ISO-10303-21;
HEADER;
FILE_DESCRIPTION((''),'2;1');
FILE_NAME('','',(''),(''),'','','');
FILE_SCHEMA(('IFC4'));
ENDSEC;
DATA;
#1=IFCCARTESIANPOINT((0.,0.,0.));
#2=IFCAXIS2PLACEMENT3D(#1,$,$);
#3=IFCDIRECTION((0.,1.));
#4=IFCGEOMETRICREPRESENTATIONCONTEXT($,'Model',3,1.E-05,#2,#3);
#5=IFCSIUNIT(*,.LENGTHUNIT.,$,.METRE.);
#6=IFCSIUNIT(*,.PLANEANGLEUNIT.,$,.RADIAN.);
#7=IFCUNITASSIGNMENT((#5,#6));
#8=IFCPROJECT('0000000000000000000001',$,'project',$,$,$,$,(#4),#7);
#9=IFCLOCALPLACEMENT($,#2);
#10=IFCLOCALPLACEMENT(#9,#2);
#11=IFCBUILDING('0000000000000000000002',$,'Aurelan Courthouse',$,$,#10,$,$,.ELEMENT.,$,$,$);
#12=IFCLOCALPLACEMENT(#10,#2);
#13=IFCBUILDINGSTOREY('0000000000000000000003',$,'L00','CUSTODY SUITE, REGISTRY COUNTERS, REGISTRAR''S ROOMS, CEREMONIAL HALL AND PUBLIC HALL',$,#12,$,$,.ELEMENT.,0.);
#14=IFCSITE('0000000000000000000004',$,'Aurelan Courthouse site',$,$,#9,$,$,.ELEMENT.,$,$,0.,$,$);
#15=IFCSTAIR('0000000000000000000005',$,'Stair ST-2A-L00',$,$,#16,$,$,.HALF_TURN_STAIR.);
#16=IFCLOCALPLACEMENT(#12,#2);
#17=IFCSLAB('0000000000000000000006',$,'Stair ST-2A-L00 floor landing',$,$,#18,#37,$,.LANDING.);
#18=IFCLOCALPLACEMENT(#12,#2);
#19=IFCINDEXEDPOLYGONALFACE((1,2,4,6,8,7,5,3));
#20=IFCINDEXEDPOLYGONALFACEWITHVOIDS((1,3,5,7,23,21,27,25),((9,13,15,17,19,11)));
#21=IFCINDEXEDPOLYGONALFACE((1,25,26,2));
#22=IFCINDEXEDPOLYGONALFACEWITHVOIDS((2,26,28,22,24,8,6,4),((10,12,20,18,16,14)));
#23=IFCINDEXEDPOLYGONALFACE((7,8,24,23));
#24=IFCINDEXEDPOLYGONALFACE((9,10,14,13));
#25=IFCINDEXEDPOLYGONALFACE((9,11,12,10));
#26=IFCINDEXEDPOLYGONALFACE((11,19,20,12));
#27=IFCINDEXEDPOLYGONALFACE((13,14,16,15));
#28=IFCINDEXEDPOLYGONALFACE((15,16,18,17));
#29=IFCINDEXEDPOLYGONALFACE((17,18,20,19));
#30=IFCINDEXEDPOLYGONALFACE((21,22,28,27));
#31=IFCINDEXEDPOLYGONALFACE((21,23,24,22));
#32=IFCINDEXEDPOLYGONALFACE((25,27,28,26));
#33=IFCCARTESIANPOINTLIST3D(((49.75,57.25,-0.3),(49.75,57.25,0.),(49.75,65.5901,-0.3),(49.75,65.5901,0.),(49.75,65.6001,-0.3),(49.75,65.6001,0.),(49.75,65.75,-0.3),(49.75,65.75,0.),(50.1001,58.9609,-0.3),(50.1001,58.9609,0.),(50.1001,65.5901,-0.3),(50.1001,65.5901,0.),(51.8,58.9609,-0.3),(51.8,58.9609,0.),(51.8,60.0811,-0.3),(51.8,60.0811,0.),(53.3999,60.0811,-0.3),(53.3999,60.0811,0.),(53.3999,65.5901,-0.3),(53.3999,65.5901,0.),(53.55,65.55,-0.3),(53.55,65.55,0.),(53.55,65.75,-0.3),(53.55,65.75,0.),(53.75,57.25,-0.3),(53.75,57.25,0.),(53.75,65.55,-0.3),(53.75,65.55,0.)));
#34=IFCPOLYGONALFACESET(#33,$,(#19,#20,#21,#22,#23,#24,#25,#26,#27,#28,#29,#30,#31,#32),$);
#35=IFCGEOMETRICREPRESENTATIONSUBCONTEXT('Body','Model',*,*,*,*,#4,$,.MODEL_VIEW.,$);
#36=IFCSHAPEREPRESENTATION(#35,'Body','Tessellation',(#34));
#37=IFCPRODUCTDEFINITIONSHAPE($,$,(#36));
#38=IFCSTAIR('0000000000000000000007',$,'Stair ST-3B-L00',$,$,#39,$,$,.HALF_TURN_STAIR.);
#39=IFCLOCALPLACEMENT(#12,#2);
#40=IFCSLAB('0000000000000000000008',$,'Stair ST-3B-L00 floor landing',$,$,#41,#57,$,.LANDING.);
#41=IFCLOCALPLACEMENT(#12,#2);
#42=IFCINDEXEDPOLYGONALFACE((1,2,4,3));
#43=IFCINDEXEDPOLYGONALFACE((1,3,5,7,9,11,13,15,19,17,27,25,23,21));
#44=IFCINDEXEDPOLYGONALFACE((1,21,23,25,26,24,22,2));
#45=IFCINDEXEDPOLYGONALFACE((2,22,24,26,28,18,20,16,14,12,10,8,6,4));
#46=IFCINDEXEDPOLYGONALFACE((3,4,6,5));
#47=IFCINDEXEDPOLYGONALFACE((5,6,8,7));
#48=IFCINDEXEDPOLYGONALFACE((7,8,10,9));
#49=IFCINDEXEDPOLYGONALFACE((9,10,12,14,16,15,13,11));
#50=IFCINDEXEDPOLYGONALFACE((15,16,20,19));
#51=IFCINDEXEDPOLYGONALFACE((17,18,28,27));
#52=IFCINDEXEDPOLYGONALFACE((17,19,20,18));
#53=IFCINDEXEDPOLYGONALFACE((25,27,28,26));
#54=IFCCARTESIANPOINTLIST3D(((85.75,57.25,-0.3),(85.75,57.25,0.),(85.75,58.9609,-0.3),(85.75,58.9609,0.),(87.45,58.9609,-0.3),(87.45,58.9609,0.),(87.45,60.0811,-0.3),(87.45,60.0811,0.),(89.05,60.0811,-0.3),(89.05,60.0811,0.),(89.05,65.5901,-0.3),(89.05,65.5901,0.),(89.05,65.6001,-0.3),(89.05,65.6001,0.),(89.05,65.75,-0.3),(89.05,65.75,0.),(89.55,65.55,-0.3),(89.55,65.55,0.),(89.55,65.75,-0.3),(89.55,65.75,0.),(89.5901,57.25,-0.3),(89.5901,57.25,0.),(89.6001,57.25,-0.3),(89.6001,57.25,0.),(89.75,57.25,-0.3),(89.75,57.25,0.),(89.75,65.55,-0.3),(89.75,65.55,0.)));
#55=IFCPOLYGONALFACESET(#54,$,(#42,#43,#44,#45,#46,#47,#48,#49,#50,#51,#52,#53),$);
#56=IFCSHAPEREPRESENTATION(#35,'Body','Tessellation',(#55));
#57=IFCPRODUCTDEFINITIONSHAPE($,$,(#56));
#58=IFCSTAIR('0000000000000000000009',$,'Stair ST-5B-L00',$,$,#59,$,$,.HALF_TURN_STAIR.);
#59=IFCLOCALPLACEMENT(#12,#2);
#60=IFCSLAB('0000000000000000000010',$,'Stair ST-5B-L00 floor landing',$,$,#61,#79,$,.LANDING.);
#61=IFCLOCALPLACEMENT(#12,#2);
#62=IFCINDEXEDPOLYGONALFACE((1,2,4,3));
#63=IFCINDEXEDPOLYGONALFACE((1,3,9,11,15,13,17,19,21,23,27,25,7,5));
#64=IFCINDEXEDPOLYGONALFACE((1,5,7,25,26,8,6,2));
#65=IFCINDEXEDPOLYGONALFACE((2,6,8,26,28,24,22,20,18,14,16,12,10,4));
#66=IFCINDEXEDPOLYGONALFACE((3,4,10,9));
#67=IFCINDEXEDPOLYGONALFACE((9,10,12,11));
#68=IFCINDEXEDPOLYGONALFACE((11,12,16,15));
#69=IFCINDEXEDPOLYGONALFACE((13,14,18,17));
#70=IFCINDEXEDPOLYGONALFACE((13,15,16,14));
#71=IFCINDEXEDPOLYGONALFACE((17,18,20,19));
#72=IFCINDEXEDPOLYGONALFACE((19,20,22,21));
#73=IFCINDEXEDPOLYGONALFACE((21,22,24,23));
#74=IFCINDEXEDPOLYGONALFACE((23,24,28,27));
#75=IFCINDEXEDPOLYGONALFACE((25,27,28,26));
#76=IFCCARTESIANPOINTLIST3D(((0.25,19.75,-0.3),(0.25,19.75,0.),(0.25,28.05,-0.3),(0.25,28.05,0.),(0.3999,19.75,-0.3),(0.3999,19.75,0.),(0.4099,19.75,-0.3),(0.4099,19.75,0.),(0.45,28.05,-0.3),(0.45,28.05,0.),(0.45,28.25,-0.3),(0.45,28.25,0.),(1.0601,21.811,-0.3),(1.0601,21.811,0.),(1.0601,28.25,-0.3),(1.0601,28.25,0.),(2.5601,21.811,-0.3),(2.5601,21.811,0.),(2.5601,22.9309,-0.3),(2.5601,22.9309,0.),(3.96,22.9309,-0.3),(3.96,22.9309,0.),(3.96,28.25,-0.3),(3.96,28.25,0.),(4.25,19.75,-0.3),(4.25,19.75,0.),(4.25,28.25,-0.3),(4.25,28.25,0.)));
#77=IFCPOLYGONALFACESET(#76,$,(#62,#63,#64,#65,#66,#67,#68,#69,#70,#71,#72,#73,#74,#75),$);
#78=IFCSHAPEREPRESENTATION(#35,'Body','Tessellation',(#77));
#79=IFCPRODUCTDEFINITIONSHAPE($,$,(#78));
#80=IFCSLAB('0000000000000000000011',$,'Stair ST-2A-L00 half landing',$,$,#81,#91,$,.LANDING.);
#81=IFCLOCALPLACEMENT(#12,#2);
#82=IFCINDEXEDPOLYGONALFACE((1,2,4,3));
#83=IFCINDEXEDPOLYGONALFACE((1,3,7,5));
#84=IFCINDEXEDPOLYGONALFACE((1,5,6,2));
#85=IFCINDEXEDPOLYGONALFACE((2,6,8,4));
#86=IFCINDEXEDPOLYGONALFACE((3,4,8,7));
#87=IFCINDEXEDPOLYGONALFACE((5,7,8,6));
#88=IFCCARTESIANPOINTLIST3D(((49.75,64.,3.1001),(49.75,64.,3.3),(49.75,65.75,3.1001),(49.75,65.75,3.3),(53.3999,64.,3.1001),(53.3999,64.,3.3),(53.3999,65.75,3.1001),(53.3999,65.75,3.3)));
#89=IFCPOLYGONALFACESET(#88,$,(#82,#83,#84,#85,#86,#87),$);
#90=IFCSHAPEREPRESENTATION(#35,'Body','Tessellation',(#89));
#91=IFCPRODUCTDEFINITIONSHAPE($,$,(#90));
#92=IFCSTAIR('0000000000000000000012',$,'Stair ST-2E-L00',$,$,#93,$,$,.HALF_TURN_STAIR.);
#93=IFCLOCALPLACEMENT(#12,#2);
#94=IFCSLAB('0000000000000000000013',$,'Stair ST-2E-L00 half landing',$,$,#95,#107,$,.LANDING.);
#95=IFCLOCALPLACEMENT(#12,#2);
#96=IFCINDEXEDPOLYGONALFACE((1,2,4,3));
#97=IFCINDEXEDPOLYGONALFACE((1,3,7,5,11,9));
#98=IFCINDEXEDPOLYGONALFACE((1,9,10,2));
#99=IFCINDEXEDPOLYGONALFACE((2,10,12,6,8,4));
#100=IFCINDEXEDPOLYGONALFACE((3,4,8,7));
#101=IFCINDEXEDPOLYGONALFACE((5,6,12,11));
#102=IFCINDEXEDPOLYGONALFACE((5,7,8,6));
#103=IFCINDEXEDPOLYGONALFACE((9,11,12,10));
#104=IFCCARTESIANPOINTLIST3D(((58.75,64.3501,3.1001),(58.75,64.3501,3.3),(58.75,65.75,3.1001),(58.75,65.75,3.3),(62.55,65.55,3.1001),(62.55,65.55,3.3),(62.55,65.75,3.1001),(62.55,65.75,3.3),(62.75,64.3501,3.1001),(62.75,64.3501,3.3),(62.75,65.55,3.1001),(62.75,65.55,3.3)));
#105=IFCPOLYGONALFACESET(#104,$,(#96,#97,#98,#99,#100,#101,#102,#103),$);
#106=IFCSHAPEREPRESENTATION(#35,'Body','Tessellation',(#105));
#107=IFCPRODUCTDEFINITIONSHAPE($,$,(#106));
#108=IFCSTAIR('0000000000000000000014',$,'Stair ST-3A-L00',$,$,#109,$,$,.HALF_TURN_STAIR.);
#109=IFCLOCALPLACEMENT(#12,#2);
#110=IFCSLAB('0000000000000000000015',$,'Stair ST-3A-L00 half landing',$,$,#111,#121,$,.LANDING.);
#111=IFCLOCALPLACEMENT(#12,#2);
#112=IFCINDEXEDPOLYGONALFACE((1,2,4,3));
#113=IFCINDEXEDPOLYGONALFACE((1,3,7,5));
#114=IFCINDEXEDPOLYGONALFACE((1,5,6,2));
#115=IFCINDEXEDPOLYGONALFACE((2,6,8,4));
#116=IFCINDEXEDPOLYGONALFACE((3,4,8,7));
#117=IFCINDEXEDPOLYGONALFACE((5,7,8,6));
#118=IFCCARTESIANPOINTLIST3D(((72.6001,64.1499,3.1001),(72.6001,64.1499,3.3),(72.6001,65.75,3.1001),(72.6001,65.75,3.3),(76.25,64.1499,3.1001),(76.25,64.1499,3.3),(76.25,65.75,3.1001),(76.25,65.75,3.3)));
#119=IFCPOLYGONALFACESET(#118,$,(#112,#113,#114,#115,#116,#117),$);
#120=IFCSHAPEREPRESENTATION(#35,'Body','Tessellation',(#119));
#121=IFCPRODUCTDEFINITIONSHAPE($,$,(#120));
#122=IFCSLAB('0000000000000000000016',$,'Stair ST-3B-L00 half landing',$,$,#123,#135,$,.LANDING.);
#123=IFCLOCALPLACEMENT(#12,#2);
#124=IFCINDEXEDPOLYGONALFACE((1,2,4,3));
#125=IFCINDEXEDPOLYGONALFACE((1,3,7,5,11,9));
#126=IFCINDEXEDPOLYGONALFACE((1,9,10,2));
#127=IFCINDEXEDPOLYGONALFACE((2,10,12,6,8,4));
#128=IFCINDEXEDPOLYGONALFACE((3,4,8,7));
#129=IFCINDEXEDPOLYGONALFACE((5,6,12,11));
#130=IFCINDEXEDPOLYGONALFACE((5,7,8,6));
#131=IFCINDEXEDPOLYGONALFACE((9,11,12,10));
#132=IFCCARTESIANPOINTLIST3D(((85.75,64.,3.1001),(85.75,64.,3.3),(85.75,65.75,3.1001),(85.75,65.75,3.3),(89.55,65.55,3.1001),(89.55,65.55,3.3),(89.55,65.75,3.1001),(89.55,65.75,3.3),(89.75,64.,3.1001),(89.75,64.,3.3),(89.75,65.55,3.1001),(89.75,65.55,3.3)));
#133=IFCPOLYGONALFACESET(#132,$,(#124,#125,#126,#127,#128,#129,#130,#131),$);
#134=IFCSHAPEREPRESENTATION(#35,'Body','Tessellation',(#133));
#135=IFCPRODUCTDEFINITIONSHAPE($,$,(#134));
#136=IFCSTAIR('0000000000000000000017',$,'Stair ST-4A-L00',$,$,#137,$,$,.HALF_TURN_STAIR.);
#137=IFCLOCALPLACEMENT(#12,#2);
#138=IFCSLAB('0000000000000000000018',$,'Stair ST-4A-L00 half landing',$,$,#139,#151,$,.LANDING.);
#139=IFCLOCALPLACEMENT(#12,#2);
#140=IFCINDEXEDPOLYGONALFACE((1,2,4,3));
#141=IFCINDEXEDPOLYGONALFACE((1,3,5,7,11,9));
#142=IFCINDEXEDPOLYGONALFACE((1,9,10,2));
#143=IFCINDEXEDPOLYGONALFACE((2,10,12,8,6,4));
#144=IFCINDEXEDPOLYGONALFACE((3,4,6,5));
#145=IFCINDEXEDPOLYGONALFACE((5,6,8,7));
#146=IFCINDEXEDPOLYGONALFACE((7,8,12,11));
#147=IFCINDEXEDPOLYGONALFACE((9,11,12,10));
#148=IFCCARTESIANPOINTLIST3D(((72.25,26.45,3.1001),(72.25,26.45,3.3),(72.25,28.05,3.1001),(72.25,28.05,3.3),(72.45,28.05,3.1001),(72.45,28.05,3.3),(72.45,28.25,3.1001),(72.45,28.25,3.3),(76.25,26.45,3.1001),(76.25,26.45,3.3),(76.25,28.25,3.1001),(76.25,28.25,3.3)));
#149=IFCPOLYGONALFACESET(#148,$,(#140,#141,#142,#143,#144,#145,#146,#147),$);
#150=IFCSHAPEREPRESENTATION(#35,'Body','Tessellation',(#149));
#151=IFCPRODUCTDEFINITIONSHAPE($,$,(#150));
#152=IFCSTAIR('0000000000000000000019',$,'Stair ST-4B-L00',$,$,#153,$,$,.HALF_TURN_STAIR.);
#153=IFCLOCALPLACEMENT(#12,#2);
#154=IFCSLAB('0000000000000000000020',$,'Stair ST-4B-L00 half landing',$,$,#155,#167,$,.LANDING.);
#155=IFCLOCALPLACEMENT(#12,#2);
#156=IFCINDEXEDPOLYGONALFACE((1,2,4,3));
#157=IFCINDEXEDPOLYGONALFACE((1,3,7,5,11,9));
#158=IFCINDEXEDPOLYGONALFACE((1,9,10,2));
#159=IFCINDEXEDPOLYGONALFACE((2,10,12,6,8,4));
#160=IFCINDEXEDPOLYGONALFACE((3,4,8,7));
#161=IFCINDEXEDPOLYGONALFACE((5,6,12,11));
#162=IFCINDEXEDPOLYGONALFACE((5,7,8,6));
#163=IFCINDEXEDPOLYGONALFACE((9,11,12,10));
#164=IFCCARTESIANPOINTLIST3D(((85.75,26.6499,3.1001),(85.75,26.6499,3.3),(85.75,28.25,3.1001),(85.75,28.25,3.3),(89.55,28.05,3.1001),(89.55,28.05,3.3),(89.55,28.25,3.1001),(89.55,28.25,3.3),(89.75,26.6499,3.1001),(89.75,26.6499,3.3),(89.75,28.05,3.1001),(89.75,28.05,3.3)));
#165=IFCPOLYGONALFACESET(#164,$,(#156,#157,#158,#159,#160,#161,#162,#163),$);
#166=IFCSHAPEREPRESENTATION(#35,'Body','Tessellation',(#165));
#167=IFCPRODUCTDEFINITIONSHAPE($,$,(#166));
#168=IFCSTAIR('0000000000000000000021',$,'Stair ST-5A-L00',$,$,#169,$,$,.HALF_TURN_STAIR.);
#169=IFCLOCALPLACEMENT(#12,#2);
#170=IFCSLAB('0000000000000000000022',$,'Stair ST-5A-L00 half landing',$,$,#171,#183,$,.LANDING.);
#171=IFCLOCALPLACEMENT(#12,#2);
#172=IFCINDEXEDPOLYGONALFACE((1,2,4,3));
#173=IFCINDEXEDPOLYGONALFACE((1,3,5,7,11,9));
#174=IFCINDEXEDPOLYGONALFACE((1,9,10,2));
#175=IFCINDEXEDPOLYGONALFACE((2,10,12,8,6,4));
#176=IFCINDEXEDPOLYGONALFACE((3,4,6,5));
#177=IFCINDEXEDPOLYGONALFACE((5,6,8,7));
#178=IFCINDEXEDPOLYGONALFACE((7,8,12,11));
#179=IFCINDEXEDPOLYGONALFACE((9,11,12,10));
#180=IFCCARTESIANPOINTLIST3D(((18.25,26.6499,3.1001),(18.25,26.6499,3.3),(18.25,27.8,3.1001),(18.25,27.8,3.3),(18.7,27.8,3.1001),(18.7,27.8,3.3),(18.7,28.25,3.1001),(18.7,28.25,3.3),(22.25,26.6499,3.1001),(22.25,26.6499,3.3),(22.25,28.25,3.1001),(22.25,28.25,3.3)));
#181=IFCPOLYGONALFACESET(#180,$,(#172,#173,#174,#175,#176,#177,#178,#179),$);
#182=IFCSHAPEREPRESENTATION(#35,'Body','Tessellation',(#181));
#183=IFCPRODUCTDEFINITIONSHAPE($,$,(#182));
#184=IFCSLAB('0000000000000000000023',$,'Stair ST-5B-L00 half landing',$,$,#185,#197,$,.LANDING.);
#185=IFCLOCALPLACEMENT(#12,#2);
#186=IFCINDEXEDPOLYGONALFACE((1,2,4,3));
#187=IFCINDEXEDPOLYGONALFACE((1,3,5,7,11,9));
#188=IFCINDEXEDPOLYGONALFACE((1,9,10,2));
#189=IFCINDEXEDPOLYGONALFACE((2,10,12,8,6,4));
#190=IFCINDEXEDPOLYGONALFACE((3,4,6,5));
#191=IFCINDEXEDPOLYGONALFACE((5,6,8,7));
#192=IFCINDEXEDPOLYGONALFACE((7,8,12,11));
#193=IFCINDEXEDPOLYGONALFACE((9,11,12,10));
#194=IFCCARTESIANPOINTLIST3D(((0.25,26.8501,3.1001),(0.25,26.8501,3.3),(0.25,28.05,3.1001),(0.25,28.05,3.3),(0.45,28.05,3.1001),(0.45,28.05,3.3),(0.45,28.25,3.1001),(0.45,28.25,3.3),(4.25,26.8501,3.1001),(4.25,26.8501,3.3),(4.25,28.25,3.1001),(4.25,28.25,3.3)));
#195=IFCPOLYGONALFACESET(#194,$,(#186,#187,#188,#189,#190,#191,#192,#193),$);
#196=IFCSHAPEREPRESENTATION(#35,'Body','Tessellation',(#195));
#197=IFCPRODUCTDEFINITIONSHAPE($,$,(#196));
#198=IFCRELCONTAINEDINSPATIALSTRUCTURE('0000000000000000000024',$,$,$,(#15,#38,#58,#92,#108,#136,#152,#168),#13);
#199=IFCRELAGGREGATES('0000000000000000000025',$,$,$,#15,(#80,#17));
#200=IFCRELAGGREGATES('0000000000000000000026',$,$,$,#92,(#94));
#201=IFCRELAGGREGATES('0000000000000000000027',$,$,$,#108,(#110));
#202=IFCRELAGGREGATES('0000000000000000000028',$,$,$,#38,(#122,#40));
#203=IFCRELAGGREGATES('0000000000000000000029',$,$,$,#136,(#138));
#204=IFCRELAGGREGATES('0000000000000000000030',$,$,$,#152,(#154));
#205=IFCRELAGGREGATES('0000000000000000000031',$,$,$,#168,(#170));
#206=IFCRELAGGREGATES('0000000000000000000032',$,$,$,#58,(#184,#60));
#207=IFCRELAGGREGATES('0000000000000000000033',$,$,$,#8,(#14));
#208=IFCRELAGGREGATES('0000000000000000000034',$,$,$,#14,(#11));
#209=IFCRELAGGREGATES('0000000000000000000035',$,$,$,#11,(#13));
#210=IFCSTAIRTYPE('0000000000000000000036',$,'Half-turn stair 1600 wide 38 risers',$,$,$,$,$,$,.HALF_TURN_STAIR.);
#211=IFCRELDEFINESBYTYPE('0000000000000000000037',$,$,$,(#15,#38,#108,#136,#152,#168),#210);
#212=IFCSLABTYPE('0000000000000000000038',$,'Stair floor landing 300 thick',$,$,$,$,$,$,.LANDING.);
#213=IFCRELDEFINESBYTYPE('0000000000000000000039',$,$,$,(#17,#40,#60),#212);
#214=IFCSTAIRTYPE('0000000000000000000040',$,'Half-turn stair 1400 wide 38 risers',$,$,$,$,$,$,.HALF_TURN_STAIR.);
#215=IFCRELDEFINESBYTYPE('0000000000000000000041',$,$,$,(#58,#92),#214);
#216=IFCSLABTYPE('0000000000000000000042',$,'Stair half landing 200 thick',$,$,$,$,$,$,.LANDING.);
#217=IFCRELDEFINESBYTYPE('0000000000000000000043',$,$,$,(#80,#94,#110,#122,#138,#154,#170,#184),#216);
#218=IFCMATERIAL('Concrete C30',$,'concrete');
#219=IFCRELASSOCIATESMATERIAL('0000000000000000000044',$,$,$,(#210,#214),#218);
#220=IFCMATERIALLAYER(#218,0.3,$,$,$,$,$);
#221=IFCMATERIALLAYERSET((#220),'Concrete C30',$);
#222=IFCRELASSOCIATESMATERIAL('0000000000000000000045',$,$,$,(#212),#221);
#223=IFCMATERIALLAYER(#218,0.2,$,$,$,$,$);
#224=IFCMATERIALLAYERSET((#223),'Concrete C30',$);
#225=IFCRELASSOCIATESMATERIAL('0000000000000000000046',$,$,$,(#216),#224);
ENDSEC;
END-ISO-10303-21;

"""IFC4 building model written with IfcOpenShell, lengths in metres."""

from ifc_helpers import new_model, si_unit, direction, frame, origin, place, context, subcontext, project, spatial, polyline, outline, extrude, material, layer, layer_set, type_object, element, aggregate, save


model = new_model("IFC4")

# Units and contexts
model_context = context("Model", 3, precision=1e-05, world=origin(), true_north=direction((0.0, 1.0)))
body_context = subcontext(model_context, "Body", "Model", "MODEL_VIEW")
ifc_project = project(units=[si_unit("LENGTHUNIT", "METRE"), si_unit("PLANEANGLEUNIT", "RADIAN")], contexts=[model_context])

# Site, building, storey
site_placement = place(None, origin())
site = spatial("IfcSite", under=ifc_project, at=site_placement, Name="Aurelan Courthouse site", CompositionType="ELEMENT", RefElevation=0.0)
building_placement = place(site_placement, origin())
building = spatial("IfcBuilding", under=site, at=building_placement, Name="Aurelan Courthouse", CompositionType="ELEMENT")
storey_placement = place(building_placement, origin())
storey = spatial("IfcBuildingStorey", under=building, at=storey_placement, Name="L00", Description="CUSTODY SUITE, REGISTRY COUNTERS, REGISTRAR'S ROOMS, CEREMONIAL HALL AND PUBLIC HALL", CompositionType="ELEMENT", Elevation=0.0)

# Stairs, slabs
ifc_material_1 = material(Name="Concrete C30", Category="concrete")
stair_type_1 = type_object("IfcStairType", Name="Half-turn stair 1600 wide 38 risers", PredefinedType="HALF_TURN_STAIR", material=ifc_material_1)
stair_1_placement = place(storey_placement, origin())
stair_1 = element("IfcStair", 1, at=stair_1_placement, inside=storey, type_object=stair_type_1, Name="Stair ST-2A-L00", PredefinedType="HALF_TURN_STAIR")
ifc_layer_1 = layer(ifc_material_1, 0.3)
ifc_layer_set_1 = layer_set([ifc_layer_1], Name="Concrete C30")
slab_type_1 = type_object("IfcSlabType", Name="Stair floor landing 300 thick", PredefinedType="LANDING", material=ifc_layer_set_1)
slab_1_placement = place(storey_placement, frame((0.0, 0.0, -0.3)))
slab_1 = element("IfcSlab", 2, at=slab_1_placement, type_object=slab_type_1, Name="Stair ST-2A-L00 floor landing", PredefinedType="LANDING", context=body_context, shape_type="SweptSolid", body=[
    extrude(outline(polyline([(53.75, 57.25), (49.75, 57.25), (49.75, 65.5901), (49.75, 65.6001), (49.75, 65.75), (53.55, 65.75), (53.55, 65.55), (53.75, 65.55), (53.75, 57.25)]), holes=[polyline([(51.8, 58.9609), (51.8, 60.0811), (53.3999, 60.0811), (53.3999, 65.5901), (50.1001, 65.5901), (50.1001, 58.9609), (51.8, 58.9609)])]), origin(), (0.0, 0.0, 1.0), 0.3),
])
stair_2_placement = place(storey_placement, origin())
stair_2 = element("IfcStair", 3, at=stair_2_placement, inside=storey, type_object=stair_type_1, Name="Stair ST-3B-L00", PredefinedType="HALF_TURN_STAIR")
slab_2_placement = place(storey_placement, frame((0.0, 0.0, -0.3)))
slab_2 = element("IfcSlab", 4, at=slab_2_placement, type_object=slab_type_1, Name="Stair ST-3B-L00 floor landing", PredefinedType="LANDING", context=body_context, shape_type="SweptSolid", body=[
    extrude(outline(polyline([(89.05, 60.0811), (89.05, 65.5901), (89.05, 65.6001), (89.05, 65.75), (89.55, 65.75), (89.55, 65.55), (89.75, 65.55), (89.75, 57.25), (89.6001, 57.25), (89.5901, 57.25), (85.75, 57.25), (85.75, 58.9609), (87.45, 58.9609), (87.45, 60.0811), (89.05, 60.0811)])), origin(), (0.0, 0.0, 1.0), 0.3),
])
stair_type_2 = type_object("IfcStairType", Name="Half-turn stair 1400 wide 38 risers", PredefinedType="HALF_TURN_STAIR", material=ifc_material_1)
stair_3_placement = place(storey_placement, origin())
stair_3 = element("IfcStair", 5, at=stair_3_placement, inside=storey, type_object=stair_type_2, Name="Stair ST-5B-L00", PredefinedType="HALF_TURN_STAIR")
slab_3_placement = place(storey_placement, frame((0.0, 0.0, -0.3)))
slab_3 = element("IfcSlab", 6, at=slab_3_placement, type_object=slab_type_1, Name="Stair ST-5B-L00 floor landing", PredefinedType="LANDING", context=body_context, shape_type="SweptSolid", body=[
    extrude(outline(polyline([(1.0601, 28.25), (1.0601, 21.811), (2.5601, 21.811), (2.5601, 22.9309), (3.96, 22.9309), (3.96, 28.25), (4.25, 28.25), (4.25, 19.75), (0.4099, 19.75), (0.3999, 19.75), (0.25, 19.75), (0.25, 28.05), (0.45, 28.05), (0.45, 28.25), (1.0601, 28.25)])), origin(), (0.0, 0.0, 1.0), 0.3),
])

# Slab
ifc_layer_2 = layer(ifc_material_1, 0.2)
ifc_layer_set_2 = layer_set([ifc_layer_2], Name="Concrete C30")
slab_type_2 = type_object("IfcSlabType", Name="Stair half landing 200 thick", PredefinedType="LANDING", material=ifc_layer_set_2)
slab_4_placement = place(storey_placement, frame((0.0, 0.0, 3.1001)))
slab_4 = element("IfcSlab", 7, at=slab_4_placement, type_object=slab_type_2, Name="Stair ST-2A-L00 half landing", PredefinedType="LANDING", context=body_context, shape_type="SweptSolid", body=[
    extrude(outline(polyline([(49.75, 64.0), (49.75, 65.75), (53.3999, 65.75), (53.3999, 64.0), (49.75, 64.0)])), origin(), (0.0, 0.0, 1.0), 0.2),
])
aggregate(stair_1, [slab_4, slab_1])

# Stairs, slabs
stair_4_placement = place(storey_placement, origin())
stair_4 = element("IfcStair", 8, at=stair_4_placement, inside=storey, type_object=stair_type_2, Name="Stair ST-2E-L00", PredefinedType="HALF_TURN_STAIR")
slab_5_placement = place(storey_placement, frame((0.0, 0.0, 3.1001)))
slab_5 = element("IfcSlab", 9, at=slab_5_placement, type_object=slab_type_2, Name="Stair ST-2E-L00 half landing", PredefinedType="LANDING", context=body_context, shape_type="SweptSolid", body=[
    extrude(outline(polyline([(58.75, 65.75), (62.55, 65.75), (62.55, 65.55), (62.75, 65.55), (62.75, 64.3501), (58.75, 64.3501), (58.75, 65.75)])), origin(), (0.0, 0.0, 1.0), 0.2),
])
aggregate(stair_4, [slab_5])
stair_5_placement = place(storey_placement, origin())
stair_5 = element("IfcStair", 10, at=stair_5_placement, inside=storey, type_object=stair_type_1, Name="Stair ST-3A-L00", PredefinedType="HALF_TURN_STAIR")
slab_6_placement = place(storey_placement, frame((0.0, 0.0, 3.1001)))
slab_6 = element("IfcSlab", 11, at=slab_6_placement, type_object=slab_type_2, Name="Stair ST-3A-L00 half landing", PredefinedType="LANDING", context=body_context, shape_type="SweptSolid", body=[
    extrude(outline(polyline([(72.6001, 65.75), (76.25, 65.75), (76.25, 64.1499), (72.6001, 64.1499), (72.6001, 65.75)])), origin(), (0.0, 0.0, 1.0), 0.2),
])
aggregate(stair_5, [slab_6])

# Slab
slab_7_placement = place(storey_placement, frame((0.0, 0.0, 3.1001)))
slab_7 = element("IfcSlab", 12, at=slab_7_placement, type_object=slab_type_2, Name="Stair ST-3B-L00 half landing", PredefinedType="LANDING", context=body_context, shape_type="SweptSolid", body=[
    extrude(outline(polyline([(85.75, 64.0), (85.75, 65.75), (89.55, 65.75), (89.55, 65.55), (89.75, 65.55), (89.75, 64.0), (85.75, 64.0)])), origin(), (0.0, 0.0, 1.0), 0.2),
])
aggregate(stair_2, [slab_7, slab_2])

# Stairs, slabs
stair_6_placement = place(storey_placement, origin())
stair_6 = element("IfcStair", 13, at=stair_6_placement, inside=storey, type_object=stair_type_1, Name="Stair ST-4A-L00", PredefinedType="HALF_TURN_STAIR")
slab_8_placement = place(storey_placement, frame((0.0, 0.0, 3.1001)))
slab_8 = element("IfcSlab", 14, at=slab_8_placement, type_object=slab_type_2, Name="Stair ST-4A-L00 half landing", PredefinedType="LANDING", context=body_context, shape_type="SweptSolid", body=[
    extrude(outline(polyline([(72.25, 28.05), (72.45, 28.05), (72.45, 28.25), (76.25, 28.25), (76.25, 26.45), (72.25, 26.45), (72.25, 28.05)])), origin(), (0.0, 0.0, 1.0), 0.2),
])
aggregate(stair_6, [slab_8])
stair_7_placement = place(storey_placement, origin())
stair_7 = element("IfcStair", 15, at=stair_7_placement, inside=storey, type_object=stair_type_1, Name="Stair ST-4B-L00", PredefinedType="HALF_TURN_STAIR")
slab_9_placement = place(storey_placement, frame((0.0, 0.0, 3.1001)))
slab_9 = element("IfcSlab", 16, at=slab_9_placement, type_object=slab_type_2, Name="Stair ST-4B-L00 half landing", PredefinedType="LANDING", context=body_context, shape_type="SweptSolid", body=[
    extrude(outline(polyline([(85.75, 28.25), (89.55, 28.25), (89.55, 28.05), (89.75, 28.05), (89.75, 26.6499), (85.75, 26.6499), (85.75, 28.25)])), origin(), (0.0, 0.0, 1.0), 0.2),
])
aggregate(stair_7, [slab_9])
stair_8_placement = place(storey_placement, origin())
stair_8 = element("IfcStair", 17, at=stair_8_placement, inside=storey, type_object=stair_type_1, Name="Stair ST-5A-L00", PredefinedType="HALF_TURN_STAIR")
slab_10_placement = place(storey_placement, frame((0.0, 0.0, 3.1001)))
slab_10 = element("IfcSlab", 18, at=slab_10_placement, type_object=slab_type_2, Name="Stair ST-5A-L00 half landing", PredefinedType="LANDING", context=body_context, shape_type="SweptSolid", body=[
    extrude(outline(polyline([(18.25, 27.8), (18.7, 27.8), (18.7, 28.25), (22.25, 28.25), (22.25, 26.6499), (18.25, 26.6499), (18.25, 27.8)])), origin(), (0.0, 0.0, 1.0), 0.2),
])
aggregate(stair_8, [slab_10])

# Slab
slab_11_placement = place(storey_placement, frame((0.0, 0.0, 3.1001)))
slab_11 = element("IfcSlab", 19, at=slab_11_placement, type_object=slab_type_2, Name="Stair ST-5B-L00 half landing", PredefinedType="LANDING", context=body_context, shape_type="SweptSolid", body=[
    extrude(outline(polyline([(4.25, 28.25), (4.25, 26.8501), (0.25, 26.8501), (0.25, 28.05), (0.45, 28.05), (0.45, 28.25), (4.25, 28.25)])), origin(), (0.0, 0.0, 1.0), 0.2),
])
aggregate(stair_3, [slab_11, slab_3])

save(model, "model.ifc")
